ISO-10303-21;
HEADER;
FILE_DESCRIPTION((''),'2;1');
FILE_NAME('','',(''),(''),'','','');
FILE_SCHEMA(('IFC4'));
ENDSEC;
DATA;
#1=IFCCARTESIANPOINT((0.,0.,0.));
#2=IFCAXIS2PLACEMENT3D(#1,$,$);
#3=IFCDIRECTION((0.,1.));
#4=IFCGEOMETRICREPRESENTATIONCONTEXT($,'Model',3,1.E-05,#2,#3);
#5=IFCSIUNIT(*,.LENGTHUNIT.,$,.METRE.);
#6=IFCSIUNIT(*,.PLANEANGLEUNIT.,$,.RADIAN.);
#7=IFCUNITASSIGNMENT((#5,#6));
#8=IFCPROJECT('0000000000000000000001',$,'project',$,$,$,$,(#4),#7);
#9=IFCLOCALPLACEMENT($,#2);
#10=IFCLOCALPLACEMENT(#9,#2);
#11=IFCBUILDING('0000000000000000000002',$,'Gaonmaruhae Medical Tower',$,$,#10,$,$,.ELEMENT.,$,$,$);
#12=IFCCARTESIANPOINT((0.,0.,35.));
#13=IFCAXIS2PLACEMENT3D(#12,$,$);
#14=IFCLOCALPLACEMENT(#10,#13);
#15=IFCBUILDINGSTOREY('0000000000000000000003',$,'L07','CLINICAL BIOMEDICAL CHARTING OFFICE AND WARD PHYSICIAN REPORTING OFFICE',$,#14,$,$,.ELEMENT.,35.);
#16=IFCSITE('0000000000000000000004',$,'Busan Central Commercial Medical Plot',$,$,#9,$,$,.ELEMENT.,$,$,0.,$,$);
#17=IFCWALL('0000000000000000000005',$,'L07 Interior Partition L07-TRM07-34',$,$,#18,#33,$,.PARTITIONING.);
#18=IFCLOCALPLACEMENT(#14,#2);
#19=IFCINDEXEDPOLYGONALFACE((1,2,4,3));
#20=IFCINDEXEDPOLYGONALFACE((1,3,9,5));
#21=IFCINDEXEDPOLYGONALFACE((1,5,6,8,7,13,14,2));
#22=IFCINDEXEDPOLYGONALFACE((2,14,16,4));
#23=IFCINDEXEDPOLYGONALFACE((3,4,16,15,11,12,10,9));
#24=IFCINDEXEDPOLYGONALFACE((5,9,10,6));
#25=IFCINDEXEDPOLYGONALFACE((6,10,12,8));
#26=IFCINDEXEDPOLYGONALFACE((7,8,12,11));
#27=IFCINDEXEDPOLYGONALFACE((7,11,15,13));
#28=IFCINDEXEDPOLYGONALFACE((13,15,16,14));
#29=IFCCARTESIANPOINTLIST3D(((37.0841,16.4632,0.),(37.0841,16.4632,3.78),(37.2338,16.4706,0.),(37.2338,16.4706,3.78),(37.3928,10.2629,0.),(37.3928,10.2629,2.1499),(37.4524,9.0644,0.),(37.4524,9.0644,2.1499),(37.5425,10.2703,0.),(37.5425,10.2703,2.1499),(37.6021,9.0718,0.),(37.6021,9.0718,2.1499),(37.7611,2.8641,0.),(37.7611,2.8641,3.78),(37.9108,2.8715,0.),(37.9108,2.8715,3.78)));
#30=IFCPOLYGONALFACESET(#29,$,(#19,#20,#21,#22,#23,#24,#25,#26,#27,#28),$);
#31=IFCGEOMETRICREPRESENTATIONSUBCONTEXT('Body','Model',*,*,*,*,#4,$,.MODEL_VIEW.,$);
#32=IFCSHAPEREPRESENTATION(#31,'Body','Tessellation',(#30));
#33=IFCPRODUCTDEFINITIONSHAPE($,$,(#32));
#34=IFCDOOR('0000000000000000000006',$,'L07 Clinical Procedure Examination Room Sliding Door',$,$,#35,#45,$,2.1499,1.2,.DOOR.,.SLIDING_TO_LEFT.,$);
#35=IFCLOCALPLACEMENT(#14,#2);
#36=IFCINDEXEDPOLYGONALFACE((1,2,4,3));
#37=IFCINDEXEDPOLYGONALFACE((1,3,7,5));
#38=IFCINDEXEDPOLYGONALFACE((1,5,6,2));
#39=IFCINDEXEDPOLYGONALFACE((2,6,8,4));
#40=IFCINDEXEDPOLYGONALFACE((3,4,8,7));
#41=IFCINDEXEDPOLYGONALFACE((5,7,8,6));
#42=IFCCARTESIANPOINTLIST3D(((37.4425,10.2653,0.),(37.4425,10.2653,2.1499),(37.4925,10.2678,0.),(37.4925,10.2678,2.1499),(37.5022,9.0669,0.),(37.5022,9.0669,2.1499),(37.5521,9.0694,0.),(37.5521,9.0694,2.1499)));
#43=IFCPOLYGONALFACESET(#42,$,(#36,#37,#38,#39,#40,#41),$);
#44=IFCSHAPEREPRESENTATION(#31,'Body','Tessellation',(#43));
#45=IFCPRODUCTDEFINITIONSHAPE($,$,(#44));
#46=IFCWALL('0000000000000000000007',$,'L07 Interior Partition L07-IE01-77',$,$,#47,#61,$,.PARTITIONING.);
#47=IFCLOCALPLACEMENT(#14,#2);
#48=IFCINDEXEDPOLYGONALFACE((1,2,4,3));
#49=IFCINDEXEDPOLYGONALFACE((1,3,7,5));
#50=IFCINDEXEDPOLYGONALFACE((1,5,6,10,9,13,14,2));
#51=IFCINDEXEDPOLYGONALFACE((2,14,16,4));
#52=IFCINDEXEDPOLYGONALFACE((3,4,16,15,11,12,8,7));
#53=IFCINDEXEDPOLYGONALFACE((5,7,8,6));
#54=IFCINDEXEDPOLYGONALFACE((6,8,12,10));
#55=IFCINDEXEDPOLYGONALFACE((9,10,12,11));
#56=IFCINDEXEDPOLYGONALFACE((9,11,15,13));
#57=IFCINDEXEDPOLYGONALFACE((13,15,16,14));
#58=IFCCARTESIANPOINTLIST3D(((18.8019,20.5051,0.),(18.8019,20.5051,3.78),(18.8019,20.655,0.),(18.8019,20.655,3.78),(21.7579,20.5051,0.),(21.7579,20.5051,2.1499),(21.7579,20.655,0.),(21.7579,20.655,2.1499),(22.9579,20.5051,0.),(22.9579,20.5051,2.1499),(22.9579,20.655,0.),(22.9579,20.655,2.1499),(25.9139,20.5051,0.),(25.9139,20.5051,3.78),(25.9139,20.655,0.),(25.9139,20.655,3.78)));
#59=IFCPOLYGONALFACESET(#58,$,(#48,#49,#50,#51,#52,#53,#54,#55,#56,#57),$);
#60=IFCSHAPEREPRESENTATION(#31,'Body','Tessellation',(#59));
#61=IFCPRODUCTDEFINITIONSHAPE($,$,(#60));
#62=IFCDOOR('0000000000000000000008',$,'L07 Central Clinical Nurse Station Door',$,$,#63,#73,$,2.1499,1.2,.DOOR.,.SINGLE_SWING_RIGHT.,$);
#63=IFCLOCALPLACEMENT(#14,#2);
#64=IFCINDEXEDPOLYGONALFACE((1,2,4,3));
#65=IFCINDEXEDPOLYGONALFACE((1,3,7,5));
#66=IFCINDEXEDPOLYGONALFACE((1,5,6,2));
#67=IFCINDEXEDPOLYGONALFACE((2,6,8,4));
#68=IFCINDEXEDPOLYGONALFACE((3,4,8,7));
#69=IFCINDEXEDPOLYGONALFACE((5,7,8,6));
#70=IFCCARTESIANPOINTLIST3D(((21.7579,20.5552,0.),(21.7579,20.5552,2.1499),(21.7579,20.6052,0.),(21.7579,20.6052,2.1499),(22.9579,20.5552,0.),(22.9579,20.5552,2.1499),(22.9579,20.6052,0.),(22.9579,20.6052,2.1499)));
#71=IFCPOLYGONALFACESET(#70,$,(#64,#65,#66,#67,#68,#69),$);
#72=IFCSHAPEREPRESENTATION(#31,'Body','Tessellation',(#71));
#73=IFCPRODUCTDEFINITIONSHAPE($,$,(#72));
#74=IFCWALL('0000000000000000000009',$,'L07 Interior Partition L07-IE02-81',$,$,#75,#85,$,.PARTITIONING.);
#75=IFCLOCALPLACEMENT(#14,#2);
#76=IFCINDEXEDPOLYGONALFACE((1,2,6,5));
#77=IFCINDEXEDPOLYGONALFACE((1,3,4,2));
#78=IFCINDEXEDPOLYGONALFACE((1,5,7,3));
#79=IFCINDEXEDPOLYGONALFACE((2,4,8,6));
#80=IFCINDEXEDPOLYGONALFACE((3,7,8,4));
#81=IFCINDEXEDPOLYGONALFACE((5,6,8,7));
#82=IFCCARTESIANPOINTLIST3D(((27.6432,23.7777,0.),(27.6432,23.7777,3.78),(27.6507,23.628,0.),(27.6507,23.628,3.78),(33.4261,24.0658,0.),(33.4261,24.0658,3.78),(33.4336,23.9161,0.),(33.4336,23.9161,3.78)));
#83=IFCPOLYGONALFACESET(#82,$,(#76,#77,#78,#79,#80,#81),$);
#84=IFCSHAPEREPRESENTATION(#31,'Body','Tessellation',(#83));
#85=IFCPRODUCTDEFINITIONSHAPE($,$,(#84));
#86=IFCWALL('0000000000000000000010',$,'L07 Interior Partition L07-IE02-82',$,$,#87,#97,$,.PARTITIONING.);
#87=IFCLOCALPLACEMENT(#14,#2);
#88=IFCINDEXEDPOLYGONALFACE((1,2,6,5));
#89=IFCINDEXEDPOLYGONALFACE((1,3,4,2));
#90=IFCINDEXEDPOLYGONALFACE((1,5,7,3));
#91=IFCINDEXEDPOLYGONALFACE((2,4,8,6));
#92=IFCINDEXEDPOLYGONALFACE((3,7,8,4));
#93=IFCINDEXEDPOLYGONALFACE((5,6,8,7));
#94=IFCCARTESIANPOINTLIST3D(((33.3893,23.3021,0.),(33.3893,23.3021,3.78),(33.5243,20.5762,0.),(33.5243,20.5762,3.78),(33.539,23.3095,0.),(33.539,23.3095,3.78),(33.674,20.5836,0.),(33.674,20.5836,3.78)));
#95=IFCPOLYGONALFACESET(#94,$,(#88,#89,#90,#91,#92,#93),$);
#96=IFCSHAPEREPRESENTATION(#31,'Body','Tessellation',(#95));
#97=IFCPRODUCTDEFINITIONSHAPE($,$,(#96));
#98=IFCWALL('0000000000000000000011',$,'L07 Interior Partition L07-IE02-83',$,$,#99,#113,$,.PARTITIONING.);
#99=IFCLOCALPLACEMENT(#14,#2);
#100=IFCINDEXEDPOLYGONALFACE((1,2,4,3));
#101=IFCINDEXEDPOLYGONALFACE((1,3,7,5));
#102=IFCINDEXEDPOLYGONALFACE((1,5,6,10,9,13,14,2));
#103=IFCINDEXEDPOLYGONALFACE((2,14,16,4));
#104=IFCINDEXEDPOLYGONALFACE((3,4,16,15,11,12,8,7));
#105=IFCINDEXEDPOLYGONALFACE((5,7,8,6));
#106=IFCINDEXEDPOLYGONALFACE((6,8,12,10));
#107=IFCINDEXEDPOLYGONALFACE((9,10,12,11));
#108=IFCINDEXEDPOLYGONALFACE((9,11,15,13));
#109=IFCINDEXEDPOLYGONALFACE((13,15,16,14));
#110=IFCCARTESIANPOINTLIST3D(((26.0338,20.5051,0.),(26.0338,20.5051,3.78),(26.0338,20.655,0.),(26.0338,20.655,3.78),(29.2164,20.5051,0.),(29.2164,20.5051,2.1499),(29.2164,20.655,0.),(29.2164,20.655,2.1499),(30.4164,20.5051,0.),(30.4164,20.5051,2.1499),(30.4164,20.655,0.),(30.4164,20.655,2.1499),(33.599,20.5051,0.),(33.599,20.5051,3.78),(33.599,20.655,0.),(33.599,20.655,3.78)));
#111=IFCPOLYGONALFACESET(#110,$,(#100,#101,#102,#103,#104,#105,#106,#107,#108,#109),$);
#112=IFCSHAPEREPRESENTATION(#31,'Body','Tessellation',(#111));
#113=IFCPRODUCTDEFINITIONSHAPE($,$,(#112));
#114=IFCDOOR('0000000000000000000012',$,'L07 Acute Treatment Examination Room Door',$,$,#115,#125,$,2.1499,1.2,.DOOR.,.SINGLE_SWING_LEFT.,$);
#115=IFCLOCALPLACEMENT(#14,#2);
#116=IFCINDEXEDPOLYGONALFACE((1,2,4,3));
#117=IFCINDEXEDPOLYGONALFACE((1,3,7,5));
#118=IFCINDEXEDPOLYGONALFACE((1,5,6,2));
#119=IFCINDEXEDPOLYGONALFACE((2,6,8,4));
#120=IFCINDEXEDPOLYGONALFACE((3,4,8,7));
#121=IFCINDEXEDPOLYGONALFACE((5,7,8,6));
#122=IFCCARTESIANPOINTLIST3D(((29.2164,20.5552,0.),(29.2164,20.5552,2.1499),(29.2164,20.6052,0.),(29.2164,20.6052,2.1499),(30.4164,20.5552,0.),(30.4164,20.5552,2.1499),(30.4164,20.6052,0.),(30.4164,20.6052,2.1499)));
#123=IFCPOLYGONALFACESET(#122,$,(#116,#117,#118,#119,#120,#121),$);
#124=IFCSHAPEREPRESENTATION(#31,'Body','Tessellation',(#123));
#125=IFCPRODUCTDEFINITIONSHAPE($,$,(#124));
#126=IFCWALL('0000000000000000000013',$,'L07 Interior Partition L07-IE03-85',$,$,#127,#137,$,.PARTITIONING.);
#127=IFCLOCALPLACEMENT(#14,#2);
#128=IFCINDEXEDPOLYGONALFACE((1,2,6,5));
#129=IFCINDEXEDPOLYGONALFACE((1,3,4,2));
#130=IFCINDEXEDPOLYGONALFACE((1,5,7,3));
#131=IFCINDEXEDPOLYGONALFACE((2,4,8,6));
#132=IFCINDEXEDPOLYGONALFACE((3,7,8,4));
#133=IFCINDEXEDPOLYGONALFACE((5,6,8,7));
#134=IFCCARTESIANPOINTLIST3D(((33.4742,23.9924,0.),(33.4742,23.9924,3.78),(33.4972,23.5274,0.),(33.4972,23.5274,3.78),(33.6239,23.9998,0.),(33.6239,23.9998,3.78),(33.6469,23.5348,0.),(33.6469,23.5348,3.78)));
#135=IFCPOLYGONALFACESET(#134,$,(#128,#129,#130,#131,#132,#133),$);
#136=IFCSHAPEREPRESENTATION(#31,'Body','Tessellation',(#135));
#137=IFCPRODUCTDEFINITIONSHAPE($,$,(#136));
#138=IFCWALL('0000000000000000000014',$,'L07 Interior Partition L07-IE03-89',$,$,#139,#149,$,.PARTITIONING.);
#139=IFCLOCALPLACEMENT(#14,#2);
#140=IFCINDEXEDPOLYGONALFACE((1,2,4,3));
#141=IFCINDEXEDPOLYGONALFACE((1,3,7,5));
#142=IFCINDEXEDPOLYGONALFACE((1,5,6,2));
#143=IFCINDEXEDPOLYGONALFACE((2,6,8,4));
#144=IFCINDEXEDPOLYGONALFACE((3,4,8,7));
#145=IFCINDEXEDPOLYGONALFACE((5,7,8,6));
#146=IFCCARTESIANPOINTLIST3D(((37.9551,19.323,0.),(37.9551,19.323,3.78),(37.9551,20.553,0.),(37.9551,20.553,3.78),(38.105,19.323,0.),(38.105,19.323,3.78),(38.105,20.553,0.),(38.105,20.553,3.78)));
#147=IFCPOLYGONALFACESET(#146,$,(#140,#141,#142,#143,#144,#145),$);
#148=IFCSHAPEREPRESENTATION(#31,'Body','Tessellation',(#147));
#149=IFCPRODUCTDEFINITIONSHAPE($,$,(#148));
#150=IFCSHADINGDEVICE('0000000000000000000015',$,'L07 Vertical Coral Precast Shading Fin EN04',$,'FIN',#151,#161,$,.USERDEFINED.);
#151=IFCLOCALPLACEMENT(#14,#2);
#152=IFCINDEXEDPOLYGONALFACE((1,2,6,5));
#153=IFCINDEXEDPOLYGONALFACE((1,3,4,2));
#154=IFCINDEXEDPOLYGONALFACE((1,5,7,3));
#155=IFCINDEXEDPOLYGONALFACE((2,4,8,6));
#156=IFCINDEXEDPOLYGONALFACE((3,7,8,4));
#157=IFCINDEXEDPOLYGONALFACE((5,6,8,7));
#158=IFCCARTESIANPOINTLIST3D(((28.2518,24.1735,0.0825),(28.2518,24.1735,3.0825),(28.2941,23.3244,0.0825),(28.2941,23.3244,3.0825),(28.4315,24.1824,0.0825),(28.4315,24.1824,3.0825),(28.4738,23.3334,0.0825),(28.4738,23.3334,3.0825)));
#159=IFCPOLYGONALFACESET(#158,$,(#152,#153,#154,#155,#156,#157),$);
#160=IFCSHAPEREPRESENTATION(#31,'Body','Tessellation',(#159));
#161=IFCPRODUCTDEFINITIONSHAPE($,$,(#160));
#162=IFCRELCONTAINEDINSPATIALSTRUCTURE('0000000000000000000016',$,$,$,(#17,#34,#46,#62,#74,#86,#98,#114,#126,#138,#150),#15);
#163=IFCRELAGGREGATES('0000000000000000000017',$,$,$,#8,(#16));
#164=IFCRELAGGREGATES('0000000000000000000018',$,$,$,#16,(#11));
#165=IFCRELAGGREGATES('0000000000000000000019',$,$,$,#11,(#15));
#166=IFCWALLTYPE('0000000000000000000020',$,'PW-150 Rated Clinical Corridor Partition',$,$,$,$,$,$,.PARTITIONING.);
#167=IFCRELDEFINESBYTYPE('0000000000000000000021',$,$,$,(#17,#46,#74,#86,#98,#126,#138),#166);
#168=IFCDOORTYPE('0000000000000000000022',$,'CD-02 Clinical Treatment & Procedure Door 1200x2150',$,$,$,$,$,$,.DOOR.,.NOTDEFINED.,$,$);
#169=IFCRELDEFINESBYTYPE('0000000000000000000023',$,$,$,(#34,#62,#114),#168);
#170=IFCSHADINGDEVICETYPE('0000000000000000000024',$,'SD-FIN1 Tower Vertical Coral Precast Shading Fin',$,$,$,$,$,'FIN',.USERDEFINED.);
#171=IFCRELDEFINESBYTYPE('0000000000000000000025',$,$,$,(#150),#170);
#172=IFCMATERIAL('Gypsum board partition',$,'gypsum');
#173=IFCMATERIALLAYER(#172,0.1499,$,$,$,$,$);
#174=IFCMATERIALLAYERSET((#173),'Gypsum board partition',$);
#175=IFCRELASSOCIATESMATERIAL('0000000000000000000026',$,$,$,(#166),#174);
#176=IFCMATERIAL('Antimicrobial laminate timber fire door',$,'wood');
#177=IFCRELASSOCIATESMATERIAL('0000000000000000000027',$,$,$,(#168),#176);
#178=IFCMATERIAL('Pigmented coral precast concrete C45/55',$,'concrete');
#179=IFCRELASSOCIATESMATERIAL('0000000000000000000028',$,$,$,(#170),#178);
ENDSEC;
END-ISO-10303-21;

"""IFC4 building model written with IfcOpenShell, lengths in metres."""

from ifc_helpers import new_model, si_unit, direction, frame, frame_2d, origin, origin_2d, place, context, subcontext, project, spatial, rectangle, extrude, material, layer, layer_set, type_object, element, fill, save


model = new_model("IFC4")

# Units and contexts
model_context = context("Model", 3, precision=1e-05, world=origin(), true_north=direction((0.0, 1.0)))
body_context = subcontext(model_context, "Body", "Model", "MODEL_VIEW")
ifc_project = project(units=[si_unit("LENGTHUNIT", "METRE"), si_unit("PLANEANGLEUNIT", "RADIAN")], contexts=[model_context])

# Site, building, storey
site_placement = place(None, origin())
site = spatial("IfcSite", under=ifc_project, at=site_placement, Name="Busan Central Commercial Medical Plot", CompositionType="ELEMENT", RefElevation=0.0)
building_placement = place(site_placement, origin())
building = spatial("IfcBuilding", under=site, at=building_placement, Name="Gaonmaruhae Medical Tower", CompositionType="ELEMENT")
storey_placement = place(building_placement, frame((0.0, 0.0, 35.0)))
storey = spatial("IfcBuildingStorey", under=building, at=storey_placement, Name="L07", Description="CLINICAL BIOMEDICAL CHARTING OFFICE AND WARD PHYSICIAN REPORTING OFFICE", CompositionType="ELEMENT", Elevation=35.0)

# Walls, openings, doors
ifc_material_1 = material(Name="Gypsum board partition", Category="gypsum")
ifc_layer_1 = layer(ifc_material_1, 0.1499)
ifc_layer_set_1 = layer_set([ifc_layer_1], Name="Gypsum board partition")
wall_type_1 = type_object("IfcWallType", Name="PW-150 Rated Clinical Corridor Partition", PredefinedType="PARTITIONING", material=ifc_layer_set_1)
wall_1_placement = place(storey_placement, frame((37.1589, 16.467, 0.0), z_axis=(0.0, 0.0, 1.0), x_axis=(0.049721, -0.998763, 0.0)))
wall_1 = element("IfcWall", 1, at=wall_1_placement, inside=storey, type_object=wall_type_1, Name="L07 Interior Partition L07-TRM07-34", PredefinedType="PARTITIONING", context=body_context, shape_type="SweptSolid", body=[
    extrude(rectangle(XDim=13.616, YDim=0.1499, at=frame_2d((6.8081, 0.0))), origin(), (0.0, 0.0, 1.0), 3.78),
])
opening_1_placement = place(wall_1_placement, frame((6.208, 0.0, 0.0)))
opening_1 = element("IfcOpeningElement", 2, at=opening_1_placement, cuts=wall_1, PredefinedType="OPENING", context=body_context, shape_type="SweptSolid", body=[
    extrude(rectangle(XDim=1.2, YDim=2.1499, at=frame_2d((0.6001, 1.075))), frame((0.0, 0.085, 0.0), z_axis=(0.0, -1.0, 0.0), x_axis=(1.0, 0.0, 0.0)), (0.0, 0.0, 1.0), 0.1699),
])
ifc_material_2 = material(Name="Antimicrobial laminate timber fire door", Category="wood")
door_type = type_object("IfcDoorType", Name="CD-02 Clinical Treatment & Procedure Door 1200x2150", OperationType="NOTDEFINED", PredefinedType="DOOR", material=ifc_material_2)
door_1_placement = place(opening_1_placement, origin())
door_1 = element("IfcDoor", 3, at=door_1_placement, inside=storey, type_object=door_type, Name="L07 Clinical Procedure Examination Room Sliding Door", OperationType="SLIDING_TO_LEFT", OverallHeight=2.1499, OverallWidth=1.2, PredefinedType="DOOR", context=body_context, shape_type="SweptSolid", body=[
    extrude(rectangle(XDim=1.2, YDim=2.1499, at=frame_2d((0.6001, 1.075))), frame((0.0, 0.0249, 0.0), z_axis=(0.0, -1.0, 0.0), x_axis=(1.0, 0.0, 0.0)), (0.0, 0.0, 1.0), 0.05),
])
fill(opening_1, door_1)
wall_2_placement = place(storey_placement, frame((25.9141, 20.5801, 0.0), z_axis=(0.0, 0.0, 1.0), x_axis=(-1.0, 0.0, 0.0)))
wall_2 = element("IfcWall", 4, at=wall_2_placement, inside=storey, type_object=wall_type_1, Name="L07 Interior Partition L07-IE01-77", PredefinedType="PARTITIONING", context=body_context, shape_type="SweptSolid", body=[
    extrude(rectangle(XDim=7.1121, YDim=0.1499, at=frame_2d((3.5562, 0.0))), origin(), (0.0, 0.0, 1.0), 3.78),
])
opening_2_placement = place(wall_2_placement, frame((2.9561, 0.0, 0.0)))
opening_2 = element("IfcOpeningElement", 5, at=opening_2_placement, cuts=wall_2, PredefinedType="OPENING", context=body_context, shape_type="SweptSolid", body=[
    extrude(rectangle(XDim=1.2, YDim=2.1499, at=frame_2d((0.6001, 1.075))), frame((0.0, 0.085, 0.0), z_axis=(0.0, -1.0, 0.0), x_axis=(1.0, 0.0, 0.0)), (0.0, 0.0, 1.0), 0.1699),
])
door_2_placement = place(opening_2_placement, origin())
door_2 = element("IfcDoor", 6, at=door_2_placement, inside=storey, type_object=door_type, Name="L07 Central Clinical Nurse Station Door", OperationType="SINGLE_SWING_RIGHT", OverallHeight=2.1499, OverallWidth=1.2, PredefinedType="DOOR", context=body_context, shape_type="SweptSolid", body=[
    extrude(rectangle(XDim=1.2, YDim=2.1499, at=frame_2d((0.6001, 1.075))), frame((0.0, 0.0249, 0.0), z_axis=(0.0, -1.0, 0.0), x_axis=(1.0, 0.0, 0.0)), (0.0, 0.0, 1.0), 0.05),
])
fill(opening_2, door_2)

# Walls
wall_3_placement = place(storey_placement, frame((27.647, 23.7029, 0.0), z_axis=(0.0, 0.0, 1.0), x_axis=(0.998761, 0.049755, 0.0)))
element("IfcWall", 7, at=wall_3_placement, inside=storey, type_object=wall_type_1, Name="L07 Interior Partition L07-IE02-81", PredefinedType="PARTITIONING", context=body_context, shape_type="SweptSolid", body=[
    extrude(rectangle(XDim=5.79, YDim=0.1499, at=frame_2d((2.895, 0.0))), origin(), (0.0, 0.0, 1.0), 3.78),
])
wall_4_placement = place(storey_placement, frame((33.4641, 23.3059, 0.0), z_axis=(0.0, 0.0, 1.0), x_axis=(0.049469, -0.998776, 0.0)))
element("IfcWall", 8, at=wall_4_placement, inside=storey, type_object=wall_type_1, Name="L07 Interior Partition L07-IE02-82", PredefinedType="PARTITIONING", context=body_context, shape_type="SweptSolid", body=[
    extrude(rectangle(XDim=2.7292, YDim=0.1499, at=frame_2d((1.3647, 0.0))), origin(), (0.0, 0.0, 1.0), 3.78),
])

# Wall, opening, door
wall_5_placement = place(storey_placement, frame((33.5991, 20.5801, 0.0), z_axis=(0.0, 0.0, 1.0), x_axis=(-1.0, 0.0, 0.0)))
wall_5 = element("IfcWall", 9, at=wall_5_placement, inside=storey, type_object=wall_type_1, Name="L07 Interior Partition L07-IE02-83", PredefinedType="PARTITIONING", context=body_context, shape_type="SweptSolid", body=[
    extrude(rectangle(XDim=7.5652, YDim=0.1499, at=frame_2d((3.7827, 0.0))), origin(), (0.0, 0.0, 1.0), 3.78),
])
opening_3_placement = place(wall_5_placement, frame((3.1826, 0.0, 0.0)))
opening_3 = element("IfcOpeningElement", 10, at=opening_3_placement, cuts=wall_5, PredefinedType="OPENING", context=body_context, shape_type="SweptSolid", body=[
    extrude(rectangle(XDim=1.2, YDim=2.1499, at=frame_2d((0.6001, 1.075))), frame((0.0, 0.085, 0.0), z_axis=(0.0, -1.0, 0.0), x_axis=(1.0, 0.0, 0.0)), (0.0, 0.0, 1.0), 0.1699),
])
door_3_placement = place(opening_3_placement, origin())
door_3 = element("IfcDoor", 11, at=door_3_placement, inside=storey, type_object=door_type, Name="L07 Acute Treatment Examination Room Door", OperationType="SINGLE_SWING_LEFT", OverallHeight=2.1499, OverallWidth=1.2, PredefinedType="DOOR", context=body_context, shape_type="SweptSolid", body=[
    extrude(rectangle(XDim=1.2, YDim=2.1499, at=frame_2d((0.6001, 1.075))), frame((0.0, 0.0249, 0.0), z_axis=(0.0, -1.0, 0.0), x_axis=(1.0, 0.0, 0.0)), (0.0, 0.0, 1.0), 0.05),
])
fill(opening_3, door_3)

# Walls
wall_6_placement = place(storey_placement, frame((33.572, 23.531, 0.0), z_axis=(0.0, 0.0, 1.0), x_axis=(-0.049284, 0.998785, 0.0)))
element("IfcWall", 12, at=wall_6_placement, inside=storey, type_object=wall_type_1, Name="L07 Interior Partition L07-IE03-85", PredefinedType="PARTITIONING", context=body_context, shape_type="SweptSolid", body=[
    extrude(rectangle(XDim=0.4656, YDim=0.1499, at=frame_2d((0.2329, 0.0))), origin(), (0.0, 0.0, 1.0), 3.78),
])
wall_7_placement = place(storey_placement, frame((38.03, 19.323, 0.0), z_axis=(0.0, 0.0, 1.0), x_axis=(0.0, 1.0, 0.0)))
element("IfcWall", 13, at=wall_7_placement, inside=storey, type_object=wall_type_1, Name="L07 Interior Partition L07-IE03-89", PredefinedType="PARTITIONING", context=body_context, shape_type="SweptSolid", body=[
    extrude(rectangle(XDim=1.23, YDim=0.1499, at=frame_2d((0.615, 0.0))), origin(), (0.0, 0.0, 1.0), 3.78),
])

# Shading device
ifc_material_3 = material(Name="Pigmented coral precast concrete C45/55", Category="concrete")
shading_device_type = type_object("IfcShadingDeviceType", Name="SD-FIN1 Tower Vertical Coral Precast Shading Fin", ElementType="FIN", PredefinedType="USERDEFINED", material=ifc_material_3)
shading_device_placement = place(storey_placement, frame((28.3628, 23.7534, 0.0825), z_axis=(0.0, 0.0, 1.0), x_axis=(0.998763, 0.049721, 0.0)))
element("IfcShadingDevice", 14, at=shading_device_placement, inside=storey, type_object=shading_device_type, Name="L07 Vertical Coral Precast Shading Fin EN04", ObjectType="FIN", PredefinedType="USERDEFINED", context=body_context, shape_type="SweptSolid", body=[
    extrude(rectangle(XDim=0.1799, YDim=0.8501, at=origin_2d()), origin(), (0.0, 0.0, 1.0), 3.0),
])

save(model, "model.ifc")
